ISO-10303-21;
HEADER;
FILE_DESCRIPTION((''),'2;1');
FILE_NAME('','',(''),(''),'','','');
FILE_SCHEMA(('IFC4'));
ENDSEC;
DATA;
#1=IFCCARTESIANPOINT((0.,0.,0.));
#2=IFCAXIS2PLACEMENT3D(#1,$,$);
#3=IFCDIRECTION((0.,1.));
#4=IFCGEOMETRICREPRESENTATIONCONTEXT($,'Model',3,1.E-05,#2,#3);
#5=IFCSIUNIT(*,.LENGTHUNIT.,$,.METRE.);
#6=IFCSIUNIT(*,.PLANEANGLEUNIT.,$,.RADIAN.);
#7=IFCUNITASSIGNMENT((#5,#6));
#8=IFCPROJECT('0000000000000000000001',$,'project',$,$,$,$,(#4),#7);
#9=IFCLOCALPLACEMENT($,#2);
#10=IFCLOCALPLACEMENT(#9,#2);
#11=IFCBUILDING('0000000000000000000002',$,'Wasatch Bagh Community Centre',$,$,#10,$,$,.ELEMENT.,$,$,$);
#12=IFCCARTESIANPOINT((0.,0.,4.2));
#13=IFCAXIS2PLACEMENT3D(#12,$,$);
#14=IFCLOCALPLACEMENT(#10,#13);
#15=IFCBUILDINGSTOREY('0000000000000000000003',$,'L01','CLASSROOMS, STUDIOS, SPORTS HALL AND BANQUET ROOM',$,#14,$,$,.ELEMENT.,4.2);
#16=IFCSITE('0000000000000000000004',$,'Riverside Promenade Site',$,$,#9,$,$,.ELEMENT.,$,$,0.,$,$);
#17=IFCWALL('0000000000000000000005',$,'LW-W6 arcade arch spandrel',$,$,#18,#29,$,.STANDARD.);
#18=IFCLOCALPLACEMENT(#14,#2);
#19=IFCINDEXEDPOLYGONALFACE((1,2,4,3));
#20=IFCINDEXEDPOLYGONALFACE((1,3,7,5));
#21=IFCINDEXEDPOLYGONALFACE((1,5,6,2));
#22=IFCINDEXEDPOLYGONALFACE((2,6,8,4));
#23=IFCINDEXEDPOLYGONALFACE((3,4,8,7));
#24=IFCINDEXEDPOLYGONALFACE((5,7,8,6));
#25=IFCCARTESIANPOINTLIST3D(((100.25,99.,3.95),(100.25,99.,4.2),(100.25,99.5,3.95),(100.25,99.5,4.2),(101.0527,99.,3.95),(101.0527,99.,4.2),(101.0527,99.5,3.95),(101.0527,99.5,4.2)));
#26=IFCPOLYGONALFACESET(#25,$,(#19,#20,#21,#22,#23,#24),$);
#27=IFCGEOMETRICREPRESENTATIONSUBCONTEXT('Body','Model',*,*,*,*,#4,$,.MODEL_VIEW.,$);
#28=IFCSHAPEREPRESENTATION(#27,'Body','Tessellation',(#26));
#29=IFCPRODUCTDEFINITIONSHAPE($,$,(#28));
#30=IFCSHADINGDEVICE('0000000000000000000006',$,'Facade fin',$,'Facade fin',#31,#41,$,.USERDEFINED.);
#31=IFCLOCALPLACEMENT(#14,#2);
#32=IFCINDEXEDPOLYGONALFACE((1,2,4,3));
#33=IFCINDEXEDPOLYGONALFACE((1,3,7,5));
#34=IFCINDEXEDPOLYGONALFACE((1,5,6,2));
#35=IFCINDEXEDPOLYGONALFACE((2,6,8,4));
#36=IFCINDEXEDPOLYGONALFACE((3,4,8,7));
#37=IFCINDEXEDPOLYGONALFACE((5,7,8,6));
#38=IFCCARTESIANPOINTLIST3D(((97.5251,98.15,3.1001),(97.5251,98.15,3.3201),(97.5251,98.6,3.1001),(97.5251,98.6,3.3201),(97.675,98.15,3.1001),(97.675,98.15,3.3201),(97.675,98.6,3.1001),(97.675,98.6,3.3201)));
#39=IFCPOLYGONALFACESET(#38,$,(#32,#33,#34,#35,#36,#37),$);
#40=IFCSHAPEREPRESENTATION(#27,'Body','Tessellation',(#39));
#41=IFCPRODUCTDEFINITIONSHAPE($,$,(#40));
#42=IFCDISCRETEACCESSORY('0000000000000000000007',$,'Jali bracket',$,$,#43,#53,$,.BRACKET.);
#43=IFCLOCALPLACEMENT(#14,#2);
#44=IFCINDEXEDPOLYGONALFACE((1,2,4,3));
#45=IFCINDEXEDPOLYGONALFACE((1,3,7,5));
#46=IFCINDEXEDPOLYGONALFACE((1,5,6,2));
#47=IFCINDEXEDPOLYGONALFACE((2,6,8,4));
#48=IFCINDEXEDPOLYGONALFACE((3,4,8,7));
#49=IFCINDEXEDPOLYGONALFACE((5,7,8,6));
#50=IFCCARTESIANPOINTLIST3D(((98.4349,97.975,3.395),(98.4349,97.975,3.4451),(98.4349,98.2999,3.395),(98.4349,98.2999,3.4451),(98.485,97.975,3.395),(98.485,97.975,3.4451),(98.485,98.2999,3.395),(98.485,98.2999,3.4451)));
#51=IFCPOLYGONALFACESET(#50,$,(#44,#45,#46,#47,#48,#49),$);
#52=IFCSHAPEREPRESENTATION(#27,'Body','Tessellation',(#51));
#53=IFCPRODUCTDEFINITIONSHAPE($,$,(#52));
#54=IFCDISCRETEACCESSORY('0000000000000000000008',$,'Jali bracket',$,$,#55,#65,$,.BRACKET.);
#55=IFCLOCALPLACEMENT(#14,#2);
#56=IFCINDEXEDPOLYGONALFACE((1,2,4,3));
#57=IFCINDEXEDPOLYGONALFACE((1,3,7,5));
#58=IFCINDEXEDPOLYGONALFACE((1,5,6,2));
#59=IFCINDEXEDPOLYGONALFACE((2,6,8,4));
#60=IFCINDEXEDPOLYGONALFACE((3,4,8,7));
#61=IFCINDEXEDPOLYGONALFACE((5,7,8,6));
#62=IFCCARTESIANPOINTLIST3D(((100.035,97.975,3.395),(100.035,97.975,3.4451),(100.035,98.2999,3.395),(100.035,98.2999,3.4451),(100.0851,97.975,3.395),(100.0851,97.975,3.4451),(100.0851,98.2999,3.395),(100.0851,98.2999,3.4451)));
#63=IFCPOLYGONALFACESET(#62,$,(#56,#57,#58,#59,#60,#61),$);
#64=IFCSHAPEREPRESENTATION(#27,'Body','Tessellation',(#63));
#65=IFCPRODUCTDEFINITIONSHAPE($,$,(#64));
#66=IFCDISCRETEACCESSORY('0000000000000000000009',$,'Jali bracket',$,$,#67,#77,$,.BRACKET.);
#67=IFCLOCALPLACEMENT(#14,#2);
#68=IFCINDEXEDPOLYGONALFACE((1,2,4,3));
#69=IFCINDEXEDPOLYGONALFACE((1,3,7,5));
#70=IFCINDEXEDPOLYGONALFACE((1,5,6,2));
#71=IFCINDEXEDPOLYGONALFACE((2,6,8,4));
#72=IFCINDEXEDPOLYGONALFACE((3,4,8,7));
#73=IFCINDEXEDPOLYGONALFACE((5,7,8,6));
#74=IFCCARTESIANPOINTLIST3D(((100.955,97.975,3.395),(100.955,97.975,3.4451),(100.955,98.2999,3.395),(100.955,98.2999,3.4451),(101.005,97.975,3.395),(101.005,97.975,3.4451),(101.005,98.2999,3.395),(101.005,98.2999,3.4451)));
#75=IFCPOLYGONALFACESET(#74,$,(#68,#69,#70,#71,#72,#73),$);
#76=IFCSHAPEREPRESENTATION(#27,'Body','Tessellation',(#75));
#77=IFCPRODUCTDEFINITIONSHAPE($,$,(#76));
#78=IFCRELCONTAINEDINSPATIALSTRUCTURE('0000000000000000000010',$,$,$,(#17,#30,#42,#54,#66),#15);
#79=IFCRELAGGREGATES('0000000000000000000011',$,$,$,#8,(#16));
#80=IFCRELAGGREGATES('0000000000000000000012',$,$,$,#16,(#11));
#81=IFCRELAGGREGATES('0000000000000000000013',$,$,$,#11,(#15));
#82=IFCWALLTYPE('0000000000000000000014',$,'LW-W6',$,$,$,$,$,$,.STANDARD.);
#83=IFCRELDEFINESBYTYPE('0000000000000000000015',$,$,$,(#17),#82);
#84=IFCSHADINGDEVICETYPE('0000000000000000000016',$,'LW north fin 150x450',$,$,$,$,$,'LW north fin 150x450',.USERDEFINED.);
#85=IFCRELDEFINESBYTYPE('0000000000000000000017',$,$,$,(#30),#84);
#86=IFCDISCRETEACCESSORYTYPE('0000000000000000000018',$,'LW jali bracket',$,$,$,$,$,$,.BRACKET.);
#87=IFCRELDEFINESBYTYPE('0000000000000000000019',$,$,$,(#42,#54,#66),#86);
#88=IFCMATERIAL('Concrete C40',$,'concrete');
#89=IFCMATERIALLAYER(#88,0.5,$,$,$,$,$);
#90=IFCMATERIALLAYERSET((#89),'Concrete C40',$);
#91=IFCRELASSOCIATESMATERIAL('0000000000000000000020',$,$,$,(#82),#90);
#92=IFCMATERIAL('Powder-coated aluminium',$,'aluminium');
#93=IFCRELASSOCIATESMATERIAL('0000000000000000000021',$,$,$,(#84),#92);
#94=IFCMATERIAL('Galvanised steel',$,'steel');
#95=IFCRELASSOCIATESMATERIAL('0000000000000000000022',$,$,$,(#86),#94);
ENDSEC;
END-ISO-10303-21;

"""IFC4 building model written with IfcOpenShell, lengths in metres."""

from ifc_helpers import new_model, si_unit, direction, frame, frame_2d, origin, origin_2d, place, context, subcontext, project, spatial, rectangle, extrude, material, layer, layer_set, type_object, element, save


model = new_model("IFC4")

# Units and contexts
model_context = context("Model", 3, precision=1e-05, world=origin(), true_north=direction((0.0, 1.0)))
body_context = subcontext(model_context, "Body", "Model", "MODEL_VIEW")
ifc_project = project(units=[si_unit("LENGTHUNIT", "METRE"), si_unit("PLANEANGLEUNIT", "RADIAN")], contexts=[model_context])

# Site, building, storey
site_placement = place(None, origin())
site = spatial("IfcSite", under=ifc_project, at=site_placement, Name="Riverside Promenade Site", CompositionType="ELEMENT", RefElevation=0.0)
building_placement = place(site_placement, origin())
building = spatial("IfcBuilding", under=site, at=building_placement, Name="Wasatch Bagh Community Centre", CompositionType="ELEMENT")
storey_placement = place(building_placement, frame((0.0, 0.0, 4.2)))
storey = spatial("IfcBuildingStorey", under=building, at=storey_placement, Name="L01", Description="CLASSROOMS, STUDIOS, SPORTS HALL AND BANQUET ROOM", CompositionType="ELEMENT", Elevation=4.2)

# Wall
ifc_material_1 = material(Name="Concrete C40", Category="concrete")
ifc_layer_1 = layer(ifc_material_1, 0.5)
ifc_layer_set_1 = layer_set([ifc_layer_1], Name="Concrete C40")
wall_type = type_object("IfcWallType", Name="LW-W6", PredefinedType="STANDARD", material=ifc_layer_set_1)
wall_1_placement = place(storey_placement, frame((100.25, 99.25, 3.95), z_axis=(0.0, 0.0, 1.0), x_axis=(1.0, 0.0, 0.0)))
element("IfcWall", 1, at=wall_1_placement, inside=storey, type_object=wall_type, Name="LW-W6 arcade arch spandrel", PredefinedType="STANDARD", context=body_context, shape_type="SweptSolid", body=[
    extrude(rectangle(XDim=0.8027, YDim=0.5, at=frame_2d((0.4014, 0.0))), origin(), (0.0, 0.0, 1.0), 0.25),
])

# Shading device
ifc_material_2 = material(Name="Powder-coated aluminium", Category="aluminium")
shading_device_type = type_object("IfcShadingDeviceType", Name="LW north fin 150x450", ElementType="LW north fin 150x450", PredefinedType="USERDEFINED", material=ifc_material_2)
shading_device_placement = place(storey_placement, frame((97.6001, 98.375, 3.1001), z_axis=(0.0, 0.0, 1.0), x_axis=(1.0, 0.0, 0.0)))
element("IfcShadingDevice", 2, at=shading_device_placement, inside=storey, type_object=shading_device_type, Name="Facade fin", ObjectType="Facade fin", PredefinedType="USERDEFINED", context=body_context, shape_type="SweptSolid", body=[
    extrude(rectangle(XDim=0.1499, YDim=0.45, at=origin_2d()), origin(), (0.0, 0.0, 1.0), 0.22),
])

# Discrete accessories
ifc_material_3 = material(Name="Galvanised steel", Category="steel")
discrete_accessory_type = type_object("IfcDiscreteAccessoryType", Name="LW jali bracket", PredefinedType="BRACKET", material=ifc_material_3)
for number, where, z_axis, x_axis, name in (
    (3, (98.46, 98.1375, 3.395), (0.0, 0.0, 1.0), (1.0, 0.0, 0.0), "Jali bracket"),
    (4, (100.0601, 98.1375, 3.395), (0.0, 0.0, 1.0), (1.0, 0.0, 0.0), "Jali bracket"),
    (5, (100.98, 98.1375, 3.395), (0.0, 0.0, 1.0), (1.0, 0.0, 0.0), "Jali bracket"),
):
    element("IfcDiscreteAccessory", number, at=place(storey_placement, frame(where, z_axis=z_axis, x_axis=x_axis)), inside=storey, type_object=discrete_accessory_type, Name=name, PredefinedType="BRACKET", context=body_context, shape_type="SweptSolid", body=[
        extrude(rectangle(XDim=0.05, YDim=0.325, at=origin_2d()), origin(), (0.0, 0.0, 1.0), 0.05),
    ])

save(model, "model.ifc")
